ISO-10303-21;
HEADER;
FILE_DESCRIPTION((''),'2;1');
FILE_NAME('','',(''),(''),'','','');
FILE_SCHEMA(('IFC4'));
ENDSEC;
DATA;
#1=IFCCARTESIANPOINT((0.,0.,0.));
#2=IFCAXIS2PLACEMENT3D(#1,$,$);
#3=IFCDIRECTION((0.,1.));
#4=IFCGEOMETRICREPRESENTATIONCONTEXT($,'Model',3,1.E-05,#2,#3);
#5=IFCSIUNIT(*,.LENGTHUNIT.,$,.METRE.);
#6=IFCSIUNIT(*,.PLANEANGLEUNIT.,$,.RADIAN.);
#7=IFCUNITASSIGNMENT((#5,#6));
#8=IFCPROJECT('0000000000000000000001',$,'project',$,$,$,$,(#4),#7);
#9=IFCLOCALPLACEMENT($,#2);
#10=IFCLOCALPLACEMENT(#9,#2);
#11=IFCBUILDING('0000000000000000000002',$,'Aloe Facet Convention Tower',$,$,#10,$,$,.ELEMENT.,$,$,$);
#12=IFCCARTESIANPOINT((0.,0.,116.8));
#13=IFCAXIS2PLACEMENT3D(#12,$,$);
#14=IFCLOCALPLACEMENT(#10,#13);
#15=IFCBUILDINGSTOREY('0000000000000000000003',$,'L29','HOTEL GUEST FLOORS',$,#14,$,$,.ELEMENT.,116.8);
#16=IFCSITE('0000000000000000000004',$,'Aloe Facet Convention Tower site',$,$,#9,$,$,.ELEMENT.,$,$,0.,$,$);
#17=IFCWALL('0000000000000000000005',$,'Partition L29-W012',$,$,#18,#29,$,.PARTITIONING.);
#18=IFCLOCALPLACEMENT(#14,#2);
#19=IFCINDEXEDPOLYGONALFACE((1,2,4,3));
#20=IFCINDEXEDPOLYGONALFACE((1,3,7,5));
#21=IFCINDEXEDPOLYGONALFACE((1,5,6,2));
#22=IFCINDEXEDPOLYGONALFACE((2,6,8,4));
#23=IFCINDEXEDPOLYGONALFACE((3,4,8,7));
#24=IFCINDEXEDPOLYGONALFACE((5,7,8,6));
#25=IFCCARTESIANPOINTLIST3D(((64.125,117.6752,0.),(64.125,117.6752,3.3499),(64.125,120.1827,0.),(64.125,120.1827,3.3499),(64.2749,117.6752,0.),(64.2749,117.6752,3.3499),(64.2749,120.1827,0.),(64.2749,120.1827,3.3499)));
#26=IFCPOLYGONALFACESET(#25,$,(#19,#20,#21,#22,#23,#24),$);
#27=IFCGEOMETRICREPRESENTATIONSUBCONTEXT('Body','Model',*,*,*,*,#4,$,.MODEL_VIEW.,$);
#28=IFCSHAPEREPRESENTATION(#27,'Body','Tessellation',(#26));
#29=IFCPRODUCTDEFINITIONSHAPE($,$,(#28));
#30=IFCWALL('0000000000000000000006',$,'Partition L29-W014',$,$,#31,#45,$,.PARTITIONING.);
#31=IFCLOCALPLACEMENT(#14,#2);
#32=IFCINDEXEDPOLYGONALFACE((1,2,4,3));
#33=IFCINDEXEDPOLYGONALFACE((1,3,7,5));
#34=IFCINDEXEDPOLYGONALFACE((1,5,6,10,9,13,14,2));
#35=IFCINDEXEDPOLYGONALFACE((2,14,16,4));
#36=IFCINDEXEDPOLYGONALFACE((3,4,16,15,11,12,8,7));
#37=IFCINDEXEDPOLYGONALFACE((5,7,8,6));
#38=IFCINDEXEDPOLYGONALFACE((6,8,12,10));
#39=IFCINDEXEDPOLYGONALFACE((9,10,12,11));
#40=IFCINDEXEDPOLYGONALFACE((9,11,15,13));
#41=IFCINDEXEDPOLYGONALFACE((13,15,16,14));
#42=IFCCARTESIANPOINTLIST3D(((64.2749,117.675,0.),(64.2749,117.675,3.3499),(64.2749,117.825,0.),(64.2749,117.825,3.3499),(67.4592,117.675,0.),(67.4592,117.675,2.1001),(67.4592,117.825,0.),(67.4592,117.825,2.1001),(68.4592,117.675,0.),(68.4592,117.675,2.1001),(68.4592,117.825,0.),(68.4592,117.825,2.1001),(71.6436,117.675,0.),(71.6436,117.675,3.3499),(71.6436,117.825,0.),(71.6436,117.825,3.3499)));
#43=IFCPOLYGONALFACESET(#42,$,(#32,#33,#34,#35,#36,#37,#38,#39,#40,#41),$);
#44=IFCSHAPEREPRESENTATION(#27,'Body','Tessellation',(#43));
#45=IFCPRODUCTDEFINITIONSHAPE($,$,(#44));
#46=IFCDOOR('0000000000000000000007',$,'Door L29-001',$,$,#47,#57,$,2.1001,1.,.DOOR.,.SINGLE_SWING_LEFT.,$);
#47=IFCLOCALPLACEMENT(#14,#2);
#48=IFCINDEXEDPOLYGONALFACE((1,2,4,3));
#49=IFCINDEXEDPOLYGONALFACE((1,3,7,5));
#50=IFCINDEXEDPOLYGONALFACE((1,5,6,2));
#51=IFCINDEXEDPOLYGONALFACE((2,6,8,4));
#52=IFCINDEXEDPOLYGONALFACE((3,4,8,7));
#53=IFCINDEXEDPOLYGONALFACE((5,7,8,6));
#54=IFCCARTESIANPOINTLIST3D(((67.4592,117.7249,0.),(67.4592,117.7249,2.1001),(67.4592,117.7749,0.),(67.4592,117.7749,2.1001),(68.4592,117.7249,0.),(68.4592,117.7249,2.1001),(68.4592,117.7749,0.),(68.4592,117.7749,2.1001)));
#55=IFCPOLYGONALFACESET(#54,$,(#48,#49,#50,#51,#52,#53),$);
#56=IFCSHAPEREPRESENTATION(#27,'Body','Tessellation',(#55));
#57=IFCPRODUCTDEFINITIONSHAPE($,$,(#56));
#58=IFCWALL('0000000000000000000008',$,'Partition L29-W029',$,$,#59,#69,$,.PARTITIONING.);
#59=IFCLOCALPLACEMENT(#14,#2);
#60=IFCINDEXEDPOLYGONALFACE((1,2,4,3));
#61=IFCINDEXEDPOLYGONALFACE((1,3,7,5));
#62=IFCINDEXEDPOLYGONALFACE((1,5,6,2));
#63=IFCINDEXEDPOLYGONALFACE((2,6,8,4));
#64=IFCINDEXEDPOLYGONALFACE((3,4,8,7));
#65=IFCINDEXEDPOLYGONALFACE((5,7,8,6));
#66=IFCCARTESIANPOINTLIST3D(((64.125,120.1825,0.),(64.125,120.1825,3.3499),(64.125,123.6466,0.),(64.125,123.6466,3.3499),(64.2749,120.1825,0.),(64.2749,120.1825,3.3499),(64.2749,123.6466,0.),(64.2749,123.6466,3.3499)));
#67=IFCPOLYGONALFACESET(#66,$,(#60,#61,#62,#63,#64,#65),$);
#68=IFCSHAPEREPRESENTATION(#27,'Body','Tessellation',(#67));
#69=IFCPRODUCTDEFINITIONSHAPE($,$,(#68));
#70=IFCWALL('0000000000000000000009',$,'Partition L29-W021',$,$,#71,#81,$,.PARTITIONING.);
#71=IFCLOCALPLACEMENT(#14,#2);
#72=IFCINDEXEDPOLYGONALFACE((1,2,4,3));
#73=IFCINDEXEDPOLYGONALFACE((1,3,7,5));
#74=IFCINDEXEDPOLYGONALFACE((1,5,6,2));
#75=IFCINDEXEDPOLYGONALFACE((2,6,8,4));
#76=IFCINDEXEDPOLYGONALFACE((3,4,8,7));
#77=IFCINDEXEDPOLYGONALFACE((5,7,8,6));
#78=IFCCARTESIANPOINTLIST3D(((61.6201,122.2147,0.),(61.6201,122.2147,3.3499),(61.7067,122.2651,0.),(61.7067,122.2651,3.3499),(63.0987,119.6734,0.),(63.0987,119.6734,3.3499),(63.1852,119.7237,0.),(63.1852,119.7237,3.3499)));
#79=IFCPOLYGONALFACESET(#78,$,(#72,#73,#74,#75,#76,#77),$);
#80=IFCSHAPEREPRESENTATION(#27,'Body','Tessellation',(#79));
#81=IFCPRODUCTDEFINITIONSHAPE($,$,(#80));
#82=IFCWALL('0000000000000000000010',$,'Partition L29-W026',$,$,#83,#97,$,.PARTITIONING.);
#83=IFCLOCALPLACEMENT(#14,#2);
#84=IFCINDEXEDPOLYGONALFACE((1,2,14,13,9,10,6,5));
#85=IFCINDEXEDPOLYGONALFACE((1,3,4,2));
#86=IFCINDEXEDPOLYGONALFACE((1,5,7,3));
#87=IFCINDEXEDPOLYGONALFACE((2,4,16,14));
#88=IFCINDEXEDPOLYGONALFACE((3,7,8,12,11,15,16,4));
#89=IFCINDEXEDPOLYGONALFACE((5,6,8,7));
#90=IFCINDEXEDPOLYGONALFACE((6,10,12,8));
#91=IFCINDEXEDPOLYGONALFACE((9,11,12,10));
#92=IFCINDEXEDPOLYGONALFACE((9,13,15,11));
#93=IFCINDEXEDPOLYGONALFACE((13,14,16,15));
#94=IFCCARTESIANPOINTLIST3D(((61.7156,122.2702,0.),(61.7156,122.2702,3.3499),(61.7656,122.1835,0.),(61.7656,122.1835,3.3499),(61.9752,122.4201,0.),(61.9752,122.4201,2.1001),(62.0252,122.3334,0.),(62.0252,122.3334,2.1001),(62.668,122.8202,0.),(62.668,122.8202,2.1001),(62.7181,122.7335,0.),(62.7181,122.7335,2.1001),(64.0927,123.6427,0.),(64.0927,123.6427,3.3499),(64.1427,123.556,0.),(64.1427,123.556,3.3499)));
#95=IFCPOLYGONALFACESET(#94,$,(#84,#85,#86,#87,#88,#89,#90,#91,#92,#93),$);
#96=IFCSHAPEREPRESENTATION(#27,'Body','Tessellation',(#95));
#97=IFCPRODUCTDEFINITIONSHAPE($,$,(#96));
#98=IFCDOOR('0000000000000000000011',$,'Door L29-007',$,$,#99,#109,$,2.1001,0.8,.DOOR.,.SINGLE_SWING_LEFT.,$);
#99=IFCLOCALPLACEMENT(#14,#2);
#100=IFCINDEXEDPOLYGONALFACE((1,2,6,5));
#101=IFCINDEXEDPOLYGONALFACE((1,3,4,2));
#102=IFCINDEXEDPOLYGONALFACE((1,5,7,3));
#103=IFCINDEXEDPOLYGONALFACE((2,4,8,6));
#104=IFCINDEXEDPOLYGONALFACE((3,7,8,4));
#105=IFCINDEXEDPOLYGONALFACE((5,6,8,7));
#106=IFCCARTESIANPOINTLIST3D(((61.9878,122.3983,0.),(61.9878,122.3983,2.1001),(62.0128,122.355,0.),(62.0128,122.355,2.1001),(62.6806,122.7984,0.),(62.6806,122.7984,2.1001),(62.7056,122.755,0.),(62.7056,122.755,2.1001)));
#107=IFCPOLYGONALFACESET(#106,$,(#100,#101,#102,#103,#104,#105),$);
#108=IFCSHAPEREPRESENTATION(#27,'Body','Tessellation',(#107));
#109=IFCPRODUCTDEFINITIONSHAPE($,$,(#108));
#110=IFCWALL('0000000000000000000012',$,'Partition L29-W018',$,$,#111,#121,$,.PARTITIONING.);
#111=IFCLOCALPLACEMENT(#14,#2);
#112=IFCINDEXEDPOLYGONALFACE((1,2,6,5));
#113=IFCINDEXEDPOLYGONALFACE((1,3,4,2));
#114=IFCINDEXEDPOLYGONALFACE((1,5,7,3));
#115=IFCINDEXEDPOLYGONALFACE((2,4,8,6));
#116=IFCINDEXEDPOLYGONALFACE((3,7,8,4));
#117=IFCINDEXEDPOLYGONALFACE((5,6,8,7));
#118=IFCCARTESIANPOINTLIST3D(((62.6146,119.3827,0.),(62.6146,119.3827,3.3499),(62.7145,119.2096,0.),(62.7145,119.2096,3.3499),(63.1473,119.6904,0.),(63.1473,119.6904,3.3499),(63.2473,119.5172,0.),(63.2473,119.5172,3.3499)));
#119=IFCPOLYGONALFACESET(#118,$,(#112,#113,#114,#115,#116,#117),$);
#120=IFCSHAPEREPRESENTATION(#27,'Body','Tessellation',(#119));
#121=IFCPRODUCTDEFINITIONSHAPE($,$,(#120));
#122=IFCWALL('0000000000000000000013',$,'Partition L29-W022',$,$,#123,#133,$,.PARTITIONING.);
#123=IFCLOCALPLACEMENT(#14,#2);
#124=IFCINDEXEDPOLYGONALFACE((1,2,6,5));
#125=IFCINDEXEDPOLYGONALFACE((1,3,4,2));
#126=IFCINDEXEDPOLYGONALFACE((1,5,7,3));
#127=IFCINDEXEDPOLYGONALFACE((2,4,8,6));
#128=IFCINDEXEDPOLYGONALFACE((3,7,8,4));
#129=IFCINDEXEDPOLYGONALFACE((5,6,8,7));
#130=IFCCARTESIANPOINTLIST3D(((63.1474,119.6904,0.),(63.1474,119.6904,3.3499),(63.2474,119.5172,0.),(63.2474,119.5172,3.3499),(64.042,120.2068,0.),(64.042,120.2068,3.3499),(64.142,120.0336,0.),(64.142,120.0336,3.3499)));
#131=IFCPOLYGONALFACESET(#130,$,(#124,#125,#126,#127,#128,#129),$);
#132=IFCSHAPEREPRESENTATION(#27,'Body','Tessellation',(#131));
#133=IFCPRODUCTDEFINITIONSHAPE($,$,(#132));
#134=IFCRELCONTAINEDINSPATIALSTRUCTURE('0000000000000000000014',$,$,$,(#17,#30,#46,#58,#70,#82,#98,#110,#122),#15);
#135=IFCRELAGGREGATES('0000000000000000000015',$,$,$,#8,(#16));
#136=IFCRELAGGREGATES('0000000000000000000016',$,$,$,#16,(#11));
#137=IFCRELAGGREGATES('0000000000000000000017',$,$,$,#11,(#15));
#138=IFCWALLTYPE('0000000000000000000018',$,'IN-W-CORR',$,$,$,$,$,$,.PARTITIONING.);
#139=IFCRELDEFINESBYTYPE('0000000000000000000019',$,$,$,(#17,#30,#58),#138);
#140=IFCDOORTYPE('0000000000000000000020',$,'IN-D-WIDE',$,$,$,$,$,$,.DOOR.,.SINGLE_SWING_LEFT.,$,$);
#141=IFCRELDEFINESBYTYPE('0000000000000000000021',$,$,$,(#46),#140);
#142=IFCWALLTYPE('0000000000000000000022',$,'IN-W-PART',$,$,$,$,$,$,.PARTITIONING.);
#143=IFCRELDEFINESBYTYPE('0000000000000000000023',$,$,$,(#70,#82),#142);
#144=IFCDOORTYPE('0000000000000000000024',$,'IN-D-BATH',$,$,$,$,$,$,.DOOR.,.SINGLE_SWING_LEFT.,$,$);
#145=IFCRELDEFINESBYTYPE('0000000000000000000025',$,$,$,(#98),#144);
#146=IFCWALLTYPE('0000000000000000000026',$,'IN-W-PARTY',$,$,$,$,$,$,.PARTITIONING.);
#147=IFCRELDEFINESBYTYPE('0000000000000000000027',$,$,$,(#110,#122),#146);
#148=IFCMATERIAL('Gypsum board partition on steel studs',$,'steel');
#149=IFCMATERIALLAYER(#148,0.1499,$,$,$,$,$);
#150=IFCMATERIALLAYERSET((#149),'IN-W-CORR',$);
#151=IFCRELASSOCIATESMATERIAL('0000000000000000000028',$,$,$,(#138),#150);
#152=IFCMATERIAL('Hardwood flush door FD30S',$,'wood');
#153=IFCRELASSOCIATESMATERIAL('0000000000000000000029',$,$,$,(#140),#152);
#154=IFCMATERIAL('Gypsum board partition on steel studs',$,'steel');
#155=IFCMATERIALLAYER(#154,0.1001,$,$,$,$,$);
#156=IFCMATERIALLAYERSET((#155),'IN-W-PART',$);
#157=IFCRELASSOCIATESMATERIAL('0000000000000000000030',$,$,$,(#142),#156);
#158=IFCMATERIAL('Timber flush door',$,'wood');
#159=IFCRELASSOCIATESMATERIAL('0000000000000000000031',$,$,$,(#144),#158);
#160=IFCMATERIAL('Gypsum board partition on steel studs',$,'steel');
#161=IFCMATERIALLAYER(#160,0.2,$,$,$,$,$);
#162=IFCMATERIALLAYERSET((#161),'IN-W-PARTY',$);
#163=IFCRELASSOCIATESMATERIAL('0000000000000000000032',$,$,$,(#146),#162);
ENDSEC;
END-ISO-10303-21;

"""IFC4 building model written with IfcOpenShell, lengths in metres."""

from ifc_helpers import new_model, si_unit, direction, frame, frame_2d, origin, place, context, subcontext, project, spatial, rectangle, extrude, material, layer, layer_set, type_object, element, fill, save


model = new_model("IFC4")

# Units and contexts
model_context = context("Model", 3, precision=1e-05, world=origin(), true_north=direction((0.0, 1.0)))
body_context = subcontext(model_context, "Body", "Model", "MODEL_VIEW")
ifc_project = project(units=[si_unit("LENGTHUNIT", "METRE"), si_unit("PLANEANGLEUNIT", "RADIAN")], contexts=[model_context])

# Site, building, storey
site_placement = place(None, origin())
site = spatial("IfcSite", under=ifc_project, at=site_placement, Name="Aloe Facet Convention Tower site", CompositionType="ELEMENT", RefElevation=0.0)
building_placement = place(site_placement, origin())
building = spatial("IfcBuilding", under=site, at=building_placement, Name="Aloe Facet Convention Tower", CompositionType="ELEMENT")
storey_placement = place(building_placement, frame((0.0, 0.0, 116.8)))
storey = spatial("IfcBuildingStorey", under=building, at=storey_placement, Name="L29", Description="HOTEL GUEST FLOORS", CompositionType="ELEMENT", Elevation=116.8)

# Wall
ifc_material_1 = material(Name="Gypsum board partition on steel studs", Category="steel")
ifc_layer_1 = layer(ifc_material_1, 0.1499)
ifc_layer_set_1 = layer_set([ifc_layer_1], Name="IN-W-CORR")
wall_type_1 = type_object("IfcWallType", Name="IN-W-CORR", PredefinedType="PARTITIONING", material=ifc_layer_set_1)
wall_1_placement = place(storey_placement, frame((64.2, 117.675, 0.0), z_axis=(0.0, 0.0, 1.0), x_axis=(0.0, 1.0, 0.0)))
element("IfcWall", 1, at=wall_1_placement, inside=storey, type_object=wall_type_1, Name="Partition L29-W012", PredefinedType="PARTITIONING", context=body_context, shape_type="SweptSolid", body=[
    extrude(rectangle(XDim=2.5076, YDim=0.1499, at=frame_2d((1.2539, 0.0))), origin(), (0.0, 0.0, 1.0), 3.3499),
])

# Wall, opening, door
wall_2_placement = place(storey_placement, frame((64.2749, 117.75, 0.0), z_axis=(0.0, 0.0, 1.0), x_axis=(1.0, 0.0, 0.0)))
wall_2 = element("IfcWall", 2, at=wall_2_placement, inside=storey, type_object=wall_type_1, Name="Partition L29-W014", PredefinedType="PARTITIONING", context=body_context, shape_type="SweptSolid", body=[
    extrude(rectangle(XDim=7.3687, YDim=0.1499, at=frame_2d((3.6843, 0.0))), origin(), (0.0, 0.0, 1.0), 3.3499),
])
opening_1_placement = place(wall_2_placement, frame((3.1843, 0.0, 0.0)))
opening_1 = element("IfcOpeningElement", 3, at=opening_1_placement, cuts=wall_2, PredefinedType="OPENING", context=body_context, shape_type="SweptSolid", body=[
    extrude(rectangle(XDim=1.0, YDim=2.1001, at=frame_2d((0.5, 1.05))), frame((0.0, 0.085, 0.0), z_axis=(0.0, -1.0, 0.0), x_axis=(1.0, 0.0, 0.0)), (0.0, 0.0, 1.0), 0.1699),
])
ifc_material_2 = material(Name="Hardwood flush door FD30S", Category="wood")
door_type_1 = type_object("IfcDoorType", Name="IN-D-WIDE", OperationType="SINGLE_SWING_LEFT", PredefinedType="DOOR", material=ifc_material_2)
door_1_placement = place(opening_1_placement, origin())
door_1 = element("IfcDoor", 4, at=door_1_placement, inside=storey, type_object=door_type_1, Name="Door L29-001", OperationType="SINGLE_SWING_LEFT", OverallHeight=2.1001, OverallWidth=1.0, PredefinedType="DOOR", context=body_context, shape_type="SweptSolid", body=[
    extrude(rectangle(XDim=1.0, YDim=2.1001, at=frame_2d((0.5, 1.05))), frame((0.0, 0.0249, 0.0), z_axis=(0.0, -1.0, 0.0), x_axis=(1.0, 0.0, 0.0)), (0.0, 0.0, 1.0), 0.05),
])
fill(opening_1, door_1)

# Walls
wall_3_placement = place(storey_placement, frame((64.2, 120.1826, 0.0), z_axis=(0.0, 0.0, 1.0), x_axis=(0.0, 1.0, 0.0)))
element("IfcWall", 5, at=wall_3_placement, inside=storey, type_object=wall_type_1, Name="Partition L29-W029", PredefinedType="PARTITIONING", context=body_context, shape_type="SweptSolid", body=[
    extrude(rectangle(XDim=3.4641, YDim=0.1499, at=frame_2d((1.7319, 0.0))), origin(), (0.0, 0.0, 1.0), 3.3499),
])
ifc_material_3 = material(Name="Gypsum board partition on steel studs", Category="steel")
ifc_layer_2 = layer(ifc_material_3, 0.1001)
ifc_layer_set_2 = layer_set([ifc_layer_2], Name="IN-W-PART")
wall_type_2 = type_object("IfcWallType", Name="IN-W-PART", PredefinedType="PARTITIONING", material=ifc_layer_set_2)
wall_4_placement = place(storey_placement, frame((61.6633, 122.24, 0.0), z_axis=(0.0, 0.0, 1.0), x_axis=(0.502885, -0.864354, 0.0)))
element("IfcWall", 6, at=wall_4_placement, inside=storey, type_object=wall_type_2, Name="Partition L29-W021", PredefinedType="PARTITIONING", context=body_context, shape_type="SweptSolid", body=[
    extrude(rectangle(XDim=2.9402, YDim=0.1001, at=frame_2d((1.4702, 0.0))), origin(), (0.0, 0.0, 1.0), 3.3499),
])

# Wall, opening, door
wall_5_placement = place(storey_placement, frame((61.7405, 122.2268, 0.0), z_axis=(0.0, 0.0, 1.0), x_axis=(0.866012, 0.500023, 0.0)))
wall_5 = element("IfcWall", 7, at=wall_5_placement, inside=storey, type_object=wall_type_2, Name="Partition L29-W026", PredefinedType="PARTITIONING", context=body_context, shape_type="SweptSolid", body=[
    extrude(rectangle(XDim=2.7449, YDim=0.1001, at=frame_2d((1.3726, 0.0))), origin(), (0.0, 0.0, 1.0), 3.3499),
])
opening_2_placement = place(wall_5_placement, frame((0.3, 0.0, 0.0)))
opening_2 = element("IfcOpeningElement", 8, at=opening_2_placement, cuts=wall_5, PredefinedType="OPENING", context=body_context, shape_type="SweptSolid", body=[
    extrude(rectangle(XDim=0.8, YDim=2.1001, at=frame_2d((0.3999, 1.05))), frame((0.0, 0.0601, 0.0), z_axis=(0.0, -1.0, 0.0), x_axis=(1.0, 0.0, 0.0)), (0.0, 0.0, 1.0), 0.1201),
])
ifc_material_4 = material(Name="Timber flush door", Category="wood")
door_type_2 = type_object("IfcDoorType", Name="IN-D-BATH", OperationType="SINGLE_SWING_LEFT", PredefinedType="DOOR", material=ifc_material_4)
door_2_placement = place(opening_2_placement, origin())
door_2 = element("IfcDoor", 9, at=door_2_placement, inside=storey, type_object=door_type_2, Name="Door L29-007", OperationType="SINGLE_SWING_LEFT", OverallHeight=2.1001, OverallWidth=0.8, PredefinedType="DOOR", context=body_context, shape_type="SweptSolid", body=[
    extrude(rectangle(XDim=0.8, YDim=2.1001, at=frame_2d((0.3999, 1.05))), frame((0.0, 0.0249, 0.0), z_axis=(0.0, -1.0, 0.0), x_axis=(1.0, 0.0, 0.0)), (0.0, 0.0, 1.0), 0.05),
])
fill(opening_2, door_2)

# Walls
ifc_material_5 = material(Name="Gypsum board partition on steel studs", Category="steel")
ifc_layer_3 = layer(ifc_material_5, 0.2)
ifc_layer_set_3 = layer_set([ifc_layer_3], Name="IN-W-PARTY")
wall_type_3 = type_object("IfcWallType", Name="IN-W-PARTY", PredefinedType="PARTITIONING", material=ifc_layer_set_3)
wall_6_placement = place(storey_placement, frame((62.6646, 119.2961, 0.0), z_axis=(0.0, 0.0, 1.0), x_axis=(0.865987, 0.500066, 0.0)))
element("IfcWall", 10, at=wall_6_placement, inside=storey, type_object=wall_type_3, Name="Partition L29-W018", PredefinedType="PARTITIONING", context=body_context, shape_type="SweptSolid", body=[
    extrude(rectangle(XDim=0.6152, YDim=0.2, at=frame_2d((0.3076, 0.0))), origin(), (0.0, 0.0, 1.0), 3.3499),
])
wall_7_placement = place(storey_placement, frame((63.1973, 119.6038, 0.0), z_axis=(0.0, 0.0, 1.0), x_axis=(0.866068, 0.499927, 0.0)))
element("IfcWall", 11, at=wall_7_placement, inside=storey, type_object=wall_type_3, Name="Partition L29-W022", PredefinedType="PARTITIONING", context=body_context, shape_type="SweptSolid", body=[
    extrude(rectangle(XDim=1.033, YDim=0.2, at=frame_2d((0.5166, 0.0))), origin(), (0.0, 0.0, 1.0), 3.3499),
])

save(model, "model.ifc")
